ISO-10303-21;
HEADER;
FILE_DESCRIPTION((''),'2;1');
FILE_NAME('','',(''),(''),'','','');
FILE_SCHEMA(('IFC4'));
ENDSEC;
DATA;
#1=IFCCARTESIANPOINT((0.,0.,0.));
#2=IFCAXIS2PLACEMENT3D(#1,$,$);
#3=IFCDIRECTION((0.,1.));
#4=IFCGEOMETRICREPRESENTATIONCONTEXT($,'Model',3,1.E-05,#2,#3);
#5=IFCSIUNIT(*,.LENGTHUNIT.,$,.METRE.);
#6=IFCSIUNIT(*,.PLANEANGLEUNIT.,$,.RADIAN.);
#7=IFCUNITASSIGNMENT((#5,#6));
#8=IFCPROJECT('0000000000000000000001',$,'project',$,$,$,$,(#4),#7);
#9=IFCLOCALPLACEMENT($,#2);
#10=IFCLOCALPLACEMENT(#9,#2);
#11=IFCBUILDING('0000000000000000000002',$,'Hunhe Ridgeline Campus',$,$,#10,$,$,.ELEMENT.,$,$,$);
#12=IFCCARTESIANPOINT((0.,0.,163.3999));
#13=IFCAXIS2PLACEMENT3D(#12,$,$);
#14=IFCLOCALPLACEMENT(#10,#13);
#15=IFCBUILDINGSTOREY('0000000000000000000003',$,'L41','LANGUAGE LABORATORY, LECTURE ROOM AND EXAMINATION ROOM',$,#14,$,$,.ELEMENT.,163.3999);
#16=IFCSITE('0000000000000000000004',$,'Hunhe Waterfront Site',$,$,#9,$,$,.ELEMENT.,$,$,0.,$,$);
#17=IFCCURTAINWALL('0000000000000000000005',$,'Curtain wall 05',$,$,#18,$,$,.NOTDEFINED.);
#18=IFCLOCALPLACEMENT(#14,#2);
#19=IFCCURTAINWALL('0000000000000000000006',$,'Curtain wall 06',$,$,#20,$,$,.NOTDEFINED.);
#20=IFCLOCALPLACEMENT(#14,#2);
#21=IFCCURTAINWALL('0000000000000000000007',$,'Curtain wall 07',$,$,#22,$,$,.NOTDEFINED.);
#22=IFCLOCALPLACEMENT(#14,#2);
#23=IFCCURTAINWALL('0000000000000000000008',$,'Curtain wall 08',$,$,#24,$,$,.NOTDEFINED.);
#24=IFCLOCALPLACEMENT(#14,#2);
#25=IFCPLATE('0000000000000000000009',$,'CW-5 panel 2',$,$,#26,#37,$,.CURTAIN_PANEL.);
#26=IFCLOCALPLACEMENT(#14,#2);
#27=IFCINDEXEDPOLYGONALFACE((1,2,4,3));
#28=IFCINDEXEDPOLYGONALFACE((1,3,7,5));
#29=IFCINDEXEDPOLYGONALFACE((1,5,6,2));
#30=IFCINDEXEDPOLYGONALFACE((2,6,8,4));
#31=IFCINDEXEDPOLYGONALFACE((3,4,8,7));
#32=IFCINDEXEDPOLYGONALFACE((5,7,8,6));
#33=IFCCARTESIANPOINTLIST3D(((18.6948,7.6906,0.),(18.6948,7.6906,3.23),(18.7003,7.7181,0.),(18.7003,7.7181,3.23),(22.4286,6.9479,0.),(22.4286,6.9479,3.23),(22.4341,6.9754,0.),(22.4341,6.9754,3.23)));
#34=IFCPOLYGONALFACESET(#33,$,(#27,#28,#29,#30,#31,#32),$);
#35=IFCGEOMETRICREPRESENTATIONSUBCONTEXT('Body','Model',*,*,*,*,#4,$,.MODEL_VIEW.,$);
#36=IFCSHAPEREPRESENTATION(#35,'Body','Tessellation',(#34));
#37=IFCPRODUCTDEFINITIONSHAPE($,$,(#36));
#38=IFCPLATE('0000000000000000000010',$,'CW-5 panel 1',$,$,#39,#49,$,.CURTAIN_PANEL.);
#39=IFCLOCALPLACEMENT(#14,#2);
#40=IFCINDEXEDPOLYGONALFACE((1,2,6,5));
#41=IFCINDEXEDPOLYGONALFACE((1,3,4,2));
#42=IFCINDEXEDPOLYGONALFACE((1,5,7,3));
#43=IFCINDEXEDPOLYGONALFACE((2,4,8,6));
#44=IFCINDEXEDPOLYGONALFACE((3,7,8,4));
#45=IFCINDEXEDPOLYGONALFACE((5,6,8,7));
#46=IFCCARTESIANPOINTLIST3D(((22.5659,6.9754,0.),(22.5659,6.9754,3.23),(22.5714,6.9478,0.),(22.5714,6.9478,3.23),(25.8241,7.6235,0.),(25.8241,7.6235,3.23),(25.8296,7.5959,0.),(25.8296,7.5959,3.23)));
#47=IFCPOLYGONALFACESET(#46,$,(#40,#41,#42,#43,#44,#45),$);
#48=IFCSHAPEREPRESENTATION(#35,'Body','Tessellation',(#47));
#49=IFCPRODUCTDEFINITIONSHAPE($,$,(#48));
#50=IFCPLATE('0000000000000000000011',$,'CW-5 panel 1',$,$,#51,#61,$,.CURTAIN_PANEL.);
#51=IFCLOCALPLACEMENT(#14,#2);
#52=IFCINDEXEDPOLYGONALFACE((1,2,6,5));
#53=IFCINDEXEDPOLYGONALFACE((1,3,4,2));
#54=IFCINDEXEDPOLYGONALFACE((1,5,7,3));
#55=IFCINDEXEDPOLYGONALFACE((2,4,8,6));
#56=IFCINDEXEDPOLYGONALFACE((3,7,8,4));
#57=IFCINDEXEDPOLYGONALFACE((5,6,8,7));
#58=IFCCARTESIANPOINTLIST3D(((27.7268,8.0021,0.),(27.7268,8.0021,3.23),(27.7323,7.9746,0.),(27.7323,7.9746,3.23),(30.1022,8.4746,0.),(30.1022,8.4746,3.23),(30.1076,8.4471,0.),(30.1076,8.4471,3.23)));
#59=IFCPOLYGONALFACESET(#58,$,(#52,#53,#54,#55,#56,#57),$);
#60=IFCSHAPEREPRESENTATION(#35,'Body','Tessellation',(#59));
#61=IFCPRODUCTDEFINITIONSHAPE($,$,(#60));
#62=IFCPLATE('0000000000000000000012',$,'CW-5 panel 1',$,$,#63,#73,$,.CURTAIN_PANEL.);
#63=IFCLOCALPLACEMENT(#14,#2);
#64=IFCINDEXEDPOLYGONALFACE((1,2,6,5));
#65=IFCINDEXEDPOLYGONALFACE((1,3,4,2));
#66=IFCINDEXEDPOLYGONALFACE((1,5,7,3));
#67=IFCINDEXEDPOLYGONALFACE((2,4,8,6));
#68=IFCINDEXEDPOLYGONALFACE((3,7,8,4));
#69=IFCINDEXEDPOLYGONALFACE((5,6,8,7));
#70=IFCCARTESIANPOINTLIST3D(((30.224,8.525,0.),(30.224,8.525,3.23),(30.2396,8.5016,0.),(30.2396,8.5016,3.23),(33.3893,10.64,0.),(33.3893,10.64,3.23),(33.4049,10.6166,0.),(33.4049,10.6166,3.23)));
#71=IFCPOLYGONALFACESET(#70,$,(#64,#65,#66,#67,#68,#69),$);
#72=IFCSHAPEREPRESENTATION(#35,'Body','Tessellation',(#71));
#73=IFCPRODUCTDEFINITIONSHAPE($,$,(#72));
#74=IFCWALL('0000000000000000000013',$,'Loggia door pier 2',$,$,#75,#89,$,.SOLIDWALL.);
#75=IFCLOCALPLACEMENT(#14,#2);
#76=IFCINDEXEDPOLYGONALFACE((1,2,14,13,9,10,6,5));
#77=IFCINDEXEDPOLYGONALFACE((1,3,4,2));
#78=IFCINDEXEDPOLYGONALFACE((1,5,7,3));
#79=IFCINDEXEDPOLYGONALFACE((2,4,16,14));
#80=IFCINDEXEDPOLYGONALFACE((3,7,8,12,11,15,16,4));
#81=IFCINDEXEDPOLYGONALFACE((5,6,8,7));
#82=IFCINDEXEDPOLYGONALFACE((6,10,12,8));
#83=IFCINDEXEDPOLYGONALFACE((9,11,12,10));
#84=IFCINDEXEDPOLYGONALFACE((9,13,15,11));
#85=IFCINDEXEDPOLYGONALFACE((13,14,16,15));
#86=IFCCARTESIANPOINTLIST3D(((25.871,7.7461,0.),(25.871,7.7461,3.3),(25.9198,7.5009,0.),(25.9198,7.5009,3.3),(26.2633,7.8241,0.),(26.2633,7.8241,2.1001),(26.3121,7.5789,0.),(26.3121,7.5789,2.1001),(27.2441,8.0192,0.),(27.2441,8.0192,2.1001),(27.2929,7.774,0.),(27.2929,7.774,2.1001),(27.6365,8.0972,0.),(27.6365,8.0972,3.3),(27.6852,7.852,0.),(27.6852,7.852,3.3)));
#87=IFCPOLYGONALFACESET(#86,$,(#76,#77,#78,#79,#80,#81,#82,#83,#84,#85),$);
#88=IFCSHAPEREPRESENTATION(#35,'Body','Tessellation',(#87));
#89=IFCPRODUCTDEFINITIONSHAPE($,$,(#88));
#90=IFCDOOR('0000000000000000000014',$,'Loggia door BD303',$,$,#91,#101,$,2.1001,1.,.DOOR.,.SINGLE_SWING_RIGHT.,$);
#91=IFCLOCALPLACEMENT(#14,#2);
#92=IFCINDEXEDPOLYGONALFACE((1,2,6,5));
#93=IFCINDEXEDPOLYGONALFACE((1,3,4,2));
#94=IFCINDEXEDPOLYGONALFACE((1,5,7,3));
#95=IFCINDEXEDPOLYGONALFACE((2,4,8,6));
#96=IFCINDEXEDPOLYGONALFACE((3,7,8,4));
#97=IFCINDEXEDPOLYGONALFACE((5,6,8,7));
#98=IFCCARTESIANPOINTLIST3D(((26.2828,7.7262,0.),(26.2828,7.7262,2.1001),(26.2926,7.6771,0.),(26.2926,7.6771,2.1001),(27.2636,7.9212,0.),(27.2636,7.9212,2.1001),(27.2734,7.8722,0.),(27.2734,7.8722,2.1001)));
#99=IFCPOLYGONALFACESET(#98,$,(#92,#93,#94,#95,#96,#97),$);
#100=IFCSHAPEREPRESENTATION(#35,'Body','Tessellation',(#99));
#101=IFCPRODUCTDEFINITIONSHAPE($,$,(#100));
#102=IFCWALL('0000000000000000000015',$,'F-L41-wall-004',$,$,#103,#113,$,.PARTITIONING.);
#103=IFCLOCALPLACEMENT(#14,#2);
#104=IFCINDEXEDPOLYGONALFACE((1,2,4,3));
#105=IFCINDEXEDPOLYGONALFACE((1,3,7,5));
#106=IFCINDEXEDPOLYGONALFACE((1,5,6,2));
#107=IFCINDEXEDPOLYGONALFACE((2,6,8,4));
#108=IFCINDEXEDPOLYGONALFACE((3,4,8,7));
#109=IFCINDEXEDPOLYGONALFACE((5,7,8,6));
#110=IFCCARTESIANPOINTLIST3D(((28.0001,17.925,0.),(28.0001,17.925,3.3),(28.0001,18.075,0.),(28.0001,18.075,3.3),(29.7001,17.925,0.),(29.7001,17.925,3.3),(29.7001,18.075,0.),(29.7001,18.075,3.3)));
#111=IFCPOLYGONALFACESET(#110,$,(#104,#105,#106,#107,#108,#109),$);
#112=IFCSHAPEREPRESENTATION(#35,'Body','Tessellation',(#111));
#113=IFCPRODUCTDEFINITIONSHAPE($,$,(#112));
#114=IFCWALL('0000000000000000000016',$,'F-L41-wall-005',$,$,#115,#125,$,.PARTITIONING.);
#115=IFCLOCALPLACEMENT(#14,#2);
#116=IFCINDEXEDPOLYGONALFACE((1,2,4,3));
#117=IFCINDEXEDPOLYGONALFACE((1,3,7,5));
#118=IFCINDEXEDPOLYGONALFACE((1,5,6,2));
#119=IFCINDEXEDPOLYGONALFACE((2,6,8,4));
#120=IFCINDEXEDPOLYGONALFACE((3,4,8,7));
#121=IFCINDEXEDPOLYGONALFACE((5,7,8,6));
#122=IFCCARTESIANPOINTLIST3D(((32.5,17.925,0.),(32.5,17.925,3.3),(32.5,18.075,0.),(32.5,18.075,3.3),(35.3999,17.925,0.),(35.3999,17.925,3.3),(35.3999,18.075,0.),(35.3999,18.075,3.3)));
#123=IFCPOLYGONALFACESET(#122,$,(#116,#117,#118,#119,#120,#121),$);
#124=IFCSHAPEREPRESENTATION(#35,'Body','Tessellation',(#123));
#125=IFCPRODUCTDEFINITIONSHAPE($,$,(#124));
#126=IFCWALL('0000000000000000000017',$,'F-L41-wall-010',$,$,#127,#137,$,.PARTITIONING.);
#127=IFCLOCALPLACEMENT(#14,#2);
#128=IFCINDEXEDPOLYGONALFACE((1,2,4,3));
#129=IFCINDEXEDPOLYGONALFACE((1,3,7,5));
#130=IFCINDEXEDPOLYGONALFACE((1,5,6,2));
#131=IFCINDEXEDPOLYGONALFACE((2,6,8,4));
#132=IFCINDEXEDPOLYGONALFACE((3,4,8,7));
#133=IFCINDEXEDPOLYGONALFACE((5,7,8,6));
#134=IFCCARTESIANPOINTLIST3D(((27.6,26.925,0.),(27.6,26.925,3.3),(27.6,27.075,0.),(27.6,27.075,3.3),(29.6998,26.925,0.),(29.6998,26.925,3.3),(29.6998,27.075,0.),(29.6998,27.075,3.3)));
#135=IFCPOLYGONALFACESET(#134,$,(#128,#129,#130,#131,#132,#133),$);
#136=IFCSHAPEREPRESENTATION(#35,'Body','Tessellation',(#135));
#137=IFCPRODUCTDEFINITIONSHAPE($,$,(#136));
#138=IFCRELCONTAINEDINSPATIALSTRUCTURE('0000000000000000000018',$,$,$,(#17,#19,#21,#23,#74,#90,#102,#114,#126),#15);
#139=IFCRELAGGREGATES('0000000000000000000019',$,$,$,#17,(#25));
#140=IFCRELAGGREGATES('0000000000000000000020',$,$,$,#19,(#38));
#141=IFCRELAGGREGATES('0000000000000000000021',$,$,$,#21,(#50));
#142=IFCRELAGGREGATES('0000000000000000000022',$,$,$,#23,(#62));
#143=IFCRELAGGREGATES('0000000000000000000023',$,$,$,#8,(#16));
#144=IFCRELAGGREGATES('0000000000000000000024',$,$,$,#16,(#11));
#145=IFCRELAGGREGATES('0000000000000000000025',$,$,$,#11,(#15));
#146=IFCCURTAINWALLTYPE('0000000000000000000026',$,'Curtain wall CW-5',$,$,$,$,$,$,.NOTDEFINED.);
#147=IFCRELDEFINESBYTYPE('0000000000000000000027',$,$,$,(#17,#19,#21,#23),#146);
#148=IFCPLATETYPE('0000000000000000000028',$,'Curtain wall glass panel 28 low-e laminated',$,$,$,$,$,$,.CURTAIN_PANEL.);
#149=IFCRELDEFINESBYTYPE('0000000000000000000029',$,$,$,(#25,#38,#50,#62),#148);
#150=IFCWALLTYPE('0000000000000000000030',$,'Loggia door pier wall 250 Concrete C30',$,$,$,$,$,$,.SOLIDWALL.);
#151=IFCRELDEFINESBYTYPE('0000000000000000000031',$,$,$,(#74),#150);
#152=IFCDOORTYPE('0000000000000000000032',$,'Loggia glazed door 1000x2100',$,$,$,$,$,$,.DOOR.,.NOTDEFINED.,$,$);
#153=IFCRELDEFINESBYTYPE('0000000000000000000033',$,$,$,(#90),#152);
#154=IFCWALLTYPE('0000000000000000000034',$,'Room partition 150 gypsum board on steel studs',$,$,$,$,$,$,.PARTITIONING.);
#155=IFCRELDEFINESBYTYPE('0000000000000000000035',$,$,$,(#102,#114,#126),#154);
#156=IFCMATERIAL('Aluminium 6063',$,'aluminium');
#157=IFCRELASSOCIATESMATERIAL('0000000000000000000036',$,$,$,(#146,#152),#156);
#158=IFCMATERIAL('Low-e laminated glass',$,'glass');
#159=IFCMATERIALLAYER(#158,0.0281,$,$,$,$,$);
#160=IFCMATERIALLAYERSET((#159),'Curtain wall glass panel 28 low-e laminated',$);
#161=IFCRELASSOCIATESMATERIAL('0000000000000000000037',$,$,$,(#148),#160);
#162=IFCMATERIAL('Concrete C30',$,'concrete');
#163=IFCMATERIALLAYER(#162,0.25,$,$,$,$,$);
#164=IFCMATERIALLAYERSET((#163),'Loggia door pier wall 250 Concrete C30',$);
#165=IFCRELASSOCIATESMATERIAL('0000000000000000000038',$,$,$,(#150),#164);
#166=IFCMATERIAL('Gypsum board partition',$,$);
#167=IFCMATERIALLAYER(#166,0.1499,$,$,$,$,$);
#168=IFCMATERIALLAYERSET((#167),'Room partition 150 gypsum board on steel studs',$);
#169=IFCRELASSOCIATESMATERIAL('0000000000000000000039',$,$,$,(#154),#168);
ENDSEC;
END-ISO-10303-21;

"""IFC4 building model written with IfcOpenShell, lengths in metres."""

from ifc_helpers import new_model, si_unit, direction, frame, frame_2d, origin, origin_2d, place, context, subcontext, project, spatial, rectangle, extrude, material, layer, layer_set, type_object, element, fill, aggregate, save


model = new_model("IFC4")

# Units and contexts
model_context = context("Model", 3, precision=1e-05, world=origin(), true_north=direction((0.0, 1.0)))
body_context = subcontext(model_context, "Body", "Model", "MODEL_VIEW")
ifc_project = project(units=[si_unit("LENGTHUNIT", "METRE"), si_unit("PLANEANGLEUNIT", "RADIAN")], contexts=[model_context])

# Site, building, storey
site_placement = place(None, origin())
site = spatial("IfcSite", under=ifc_project, at=site_placement, Name="Hunhe Waterfront Site", CompositionType="ELEMENT", RefElevation=0.0)
building_placement = place(site_placement, origin())
building = spatial("IfcBuilding", under=site, at=building_placement, Name="Hunhe Ridgeline Campus", CompositionType="ELEMENT")
storey_placement = place(building_placement, frame((0.0, 0.0, 163.3999)))
storey = spatial("IfcBuildingStorey", under=building, at=storey_placement, Name="L41", Description="LANGUAGE LABORATORY, LECTURE ROOM AND EXAMINATION ROOM", CompositionType="ELEMENT", Elevation=163.3999)

# Curtain wall
ifc_material_1 = material(Name="Aluminium 6063", Category="aluminium")
curtain_wall_type = type_object("IfcCurtainWallType", Name="Curtain wall CW-5", PredefinedType="NOTDEFINED", material=ifc_material_1)
curtain_wall_1_placement = place(storey_placement, origin())
curtain_wall_1 = element("IfcCurtainWall", 1, at=curtain_wall_1_placement, inside=storey, type_object=curtain_wall_type, Name="Curtain wall 05", PredefinedType="NOTDEFINED")

# Curtain walls
curtain_wall_2_placement = place(storey_placement, origin())
curtain_wall_2 = element("IfcCurtainWall", 2, at=curtain_wall_2_placement, inside=storey, type_object=curtain_wall_type, Name="Curtain wall 06", PredefinedType="NOTDEFINED")
curtain_wall_3_placement = place(storey_placement, origin())
curtain_wall_3 = element("IfcCurtainWall", 3, at=curtain_wall_3_placement, inside=storey, type_object=curtain_wall_type, Name="Curtain wall 07", PredefinedType="NOTDEFINED")

# Curtain wall
curtain_wall_4_placement = place(storey_placement, origin())
curtain_wall_4 = element("IfcCurtainWall", 4, at=curtain_wall_4_placement, inside=storey, type_object=curtain_wall_type, Name="Curtain wall 08", PredefinedType="NOTDEFINED")

# Plates
ifc_material_2 = material(Name="Low-e laminated glass", Category="glass")
ifc_layer_1 = layer(ifc_material_2, 0.0281)
ifc_layer_set_1 = layer_set([ifc_layer_1], Name="Curtain wall glass panel 28 low-e laminated")
plate_type = type_object("IfcPlateType", Name="Curtain wall glass panel 28 low-e laminated", PredefinedType="CURTAIN_PANEL", material=ifc_layer_set_1)
plate_1_placement = place(storey_placement, frame((20.5645, 7.333, 0.0), z_axis=(0.0, 0.0, 1.0), x_axis=(0.980785, -0.19509, 0.0)))
plate_1 = element("IfcPlate", 5, at=plate_1_placement, type_object=plate_type, Name="CW-5 panel 2", PredefinedType="CURTAIN_PANEL", context=body_context, shape_type="SweptSolid", body=[
    extrude(rectangle(XDim=3.8069, YDim=0.0281, at=origin_2d()), origin(), (0.0, 0.0, 1.0), 3.23),
])
aggregate(curtain_wall_1, [plate_1])
plate_2_placement = place(storey_placement, frame((24.1978, 7.2856, 0.0), z_axis=(0.0, 0.0, 1.0), x_axis=(0.980785, 0.19509, 0.0)))
plate_2 = element("IfcPlate", 6, at=plate_2_placement, type_object=plate_type, Name="CW-5 panel 1", PredefinedType="CURTAIN_PANEL", context=body_context, shape_type="SweptSolid", body=[
    extrude(rectangle(XDim=3.322, YDim=0.0281, at=origin_2d()), origin(), (0.0, 0.0, 1.0), 3.23),
])
aggregate(curtain_wall_2, [plate_2])
plate_3_placement = place(storey_placement, frame((28.9172, 8.2246, 0.0), z_axis=(0.0, 0.0, 1.0), x_axis=(0.980785, 0.195091, 0.0)))
plate_3 = element("IfcPlate", 7, at=plate_3_placement, type_object=plate_type, Name="CW-5 panel 1", PredefinedType="CURTAIN_PANEL", context=body_context, shape_type="SweptSolid", body=[
    extrude(rectangle(XDim=2.4219, YDim=0.0281, at=origin_2d()), origin(), (0.0, 0.0, 1.0), 3.23),
])
aggregate(curtain_wall_3, [plate_3])
plate_4_placement = place(storey_placement, frame((31.8145, 9.5708, 0.0), z_axis=(0.0, 0.0, 1.0), x_axis=(0.83147, 0.55557, 0.0)))
plate_4 = element("IfcPlate", 8, at=plate_4_placement, type_object=plate_type, Name="CW-5 panel 1", PredefinedType="CURTAIN_PANEL", context=body_context, shape_type="SweptSolid", body=[
    extrude(rectangle(XDim=3.8069, YDim=0.0281, at=origin_2d()), origin(), (0.0, 0.0, 1.0), 3.23),
])
aggregate(curtain_wall_4, [plate_4])

# Shared definitions
ifc_material_3 = material(Name="Gypsum board partition")

# Wall, opening, door
ifc_material_4 = material(Name="Concrete C30", Category="concrete")
ifc_layer_2 = layer(ifc_material_4, 0.25)
ifc_layer_set_2 = layer_set([ifc_layer_2], Name="Loggia door pier wall 250 Concrete C30")
wall_type_1 = type_object("IfcWallType", Name="Loggia door pier wall 250 Concrete C30", PredefinedType="SOLIDWALL", material=ifc_layer_set_2)
wall_1_placement = place(storey_placement, frame((25.8955, 7.6235, 0.0), z_axis=(0.0, 0.0, 1.0), x_axis=(0.980794, 0.195047, 0.0)))
wall_1 = element("IfcWall", 9, at=wall_1_placement, inside=storey, type_object=wall_type_1, Name="Loggia door pier 2", PredefinedType="SOLIDWALL", context=body_context, shape_type="SweptSolid", body=[
    extrude(rectangle(XDim=1.8, YDim=0.25, at=frame_2d((0.8999, 0.0))), origin(), (0.0, 0.0, 1.0), 3.3),
])
opening_1_placement = place(wall_1_placement, frame((0.3999, 0.0, 0.0)))
opening_1 = element("IfcOpeningElement", 10, at=opening_1_placement, cuts=wall_1, PredefinedType="OPENING", context=body_context, shape_type="SweptSolid", body=[
    extrude(rectangle(XDim=1.0, YDim=2.1001, at=frame_2d((0.5, 1.05))), frame((0.0, 0.125, 0.0), z_axis=(0.0, -1.0, 0.0), x_axis=(1.0, 0.0, 0.0)), (0.0, 0.0, 1.0), 0.25),
])
door_type_1 = type_object("IfcDoorType", Name="Loggia glazed door 1000x2100", OperationType="NOTDEFINED", PredefinedType="DOOR", material=ifc_material_1)
door_1_placement = place(opening_1_placement, frame((1.0, 0.0, 0.0), z_axis=(0.0, 0.0, 1.0), x_axis=(-1.0, 0.0, 0.0)))
door_1 = element("IfcDoor", 11, at=door_1_placement, inside=storey, type_object=door_type_1, Name="Loggia door BD303", OperationType="SINGLE_SWING_RIGHT", OverallHeight=2.1001, OverallWidth=1.0, PredefinedType="DOOR", context=body_context, shape_type="SweptSolid", body=[
    extrude(rectangle(XDim=1.0, YDim=2.1001, at=frame_2d((0.5, 1.05))), frame((0.0, 0.0249, 0.0), z_axis=(0.0, -1.0, 0.0), x_axis=(1.0, 0.0, 0.0)), (0.0, 0.0, 1.0), 0.05),
])
fill(opening_1, door_1)

# Walls
ifc_layer_3 = layer(ifc_material_3, 0.1499)
ifc_layer_set_3 = layer_set([ifc_layer_3], Name="Room partition 150 gypsum board on steel studs")
wall_type_2 = type_object("IfcWallType", Name="Room partition 150 gypsum board on steel studs", PredefinedType="PARTITIONING", material=ifc_layer_set_3)
wall_2_placement = place(storey_placement, frame((28.0, 18.0, 0.0), z_axis=(0.0, 0.0, 1.0), x_axis=(1.0, 0.0, 0.0)))
element("IfcWall", 12, at=wall_2_placement, inside=storey, type_object=wall_type_2, Name="F-L41-wall-004", PredefinedType="PARTITIONING", context=body_context, shape_type="SweptSolid", body=[
    extrude(rectangle(XDim=1.7, YDim=0.1499, at=frame_2d((0.8501, 0.0))), origin(), (0.0, 0.0, 1.0), 3.3),
])
wall_3_placement = place(storey_placement, frame((32.5, 18.0, 0.0), z_axis=(0.0, 0.0, 1.0), x_axis=(1.0, 0.0, 0.0)))
element("IfcWall", 13, at=wall_3_placement, inside=storey, type_object=wall_type_2, Name="F-L41-wall-005", PredefinedType="PARTITIONING", context=body_context, shape_type="SweptSolid", body=[
    extrude(rectangle(XDim=2.8999, YDim=0.1499, at=frame_2d((1.45, 0.0))), origin(), (0.0, 0.0, 1.0), 3.3),
])
wall_4_placement = place(storey_placement, frame((27.6001, 27.0, 0.0), z_axis=(0.0, 0.0, 1.0), x_axis=(1.0, 0.0, 0.0)))
element("IfcWall", 14, at=wall_4_placement, inside=storey, type_object=wall_type_2, Name="F-L41-wall-010", PredefinedType="PARTITIONING", context=body_context, shape_type="SweptSolid", body=[
    extrude(rectangle(XDim=2.0999, YDim=0.1499, at=frame_2d((1.0498, 0.0))), origin(), (0.0, 0.0, 1.0), 3.3),
])

save(model, "model.ifc")
